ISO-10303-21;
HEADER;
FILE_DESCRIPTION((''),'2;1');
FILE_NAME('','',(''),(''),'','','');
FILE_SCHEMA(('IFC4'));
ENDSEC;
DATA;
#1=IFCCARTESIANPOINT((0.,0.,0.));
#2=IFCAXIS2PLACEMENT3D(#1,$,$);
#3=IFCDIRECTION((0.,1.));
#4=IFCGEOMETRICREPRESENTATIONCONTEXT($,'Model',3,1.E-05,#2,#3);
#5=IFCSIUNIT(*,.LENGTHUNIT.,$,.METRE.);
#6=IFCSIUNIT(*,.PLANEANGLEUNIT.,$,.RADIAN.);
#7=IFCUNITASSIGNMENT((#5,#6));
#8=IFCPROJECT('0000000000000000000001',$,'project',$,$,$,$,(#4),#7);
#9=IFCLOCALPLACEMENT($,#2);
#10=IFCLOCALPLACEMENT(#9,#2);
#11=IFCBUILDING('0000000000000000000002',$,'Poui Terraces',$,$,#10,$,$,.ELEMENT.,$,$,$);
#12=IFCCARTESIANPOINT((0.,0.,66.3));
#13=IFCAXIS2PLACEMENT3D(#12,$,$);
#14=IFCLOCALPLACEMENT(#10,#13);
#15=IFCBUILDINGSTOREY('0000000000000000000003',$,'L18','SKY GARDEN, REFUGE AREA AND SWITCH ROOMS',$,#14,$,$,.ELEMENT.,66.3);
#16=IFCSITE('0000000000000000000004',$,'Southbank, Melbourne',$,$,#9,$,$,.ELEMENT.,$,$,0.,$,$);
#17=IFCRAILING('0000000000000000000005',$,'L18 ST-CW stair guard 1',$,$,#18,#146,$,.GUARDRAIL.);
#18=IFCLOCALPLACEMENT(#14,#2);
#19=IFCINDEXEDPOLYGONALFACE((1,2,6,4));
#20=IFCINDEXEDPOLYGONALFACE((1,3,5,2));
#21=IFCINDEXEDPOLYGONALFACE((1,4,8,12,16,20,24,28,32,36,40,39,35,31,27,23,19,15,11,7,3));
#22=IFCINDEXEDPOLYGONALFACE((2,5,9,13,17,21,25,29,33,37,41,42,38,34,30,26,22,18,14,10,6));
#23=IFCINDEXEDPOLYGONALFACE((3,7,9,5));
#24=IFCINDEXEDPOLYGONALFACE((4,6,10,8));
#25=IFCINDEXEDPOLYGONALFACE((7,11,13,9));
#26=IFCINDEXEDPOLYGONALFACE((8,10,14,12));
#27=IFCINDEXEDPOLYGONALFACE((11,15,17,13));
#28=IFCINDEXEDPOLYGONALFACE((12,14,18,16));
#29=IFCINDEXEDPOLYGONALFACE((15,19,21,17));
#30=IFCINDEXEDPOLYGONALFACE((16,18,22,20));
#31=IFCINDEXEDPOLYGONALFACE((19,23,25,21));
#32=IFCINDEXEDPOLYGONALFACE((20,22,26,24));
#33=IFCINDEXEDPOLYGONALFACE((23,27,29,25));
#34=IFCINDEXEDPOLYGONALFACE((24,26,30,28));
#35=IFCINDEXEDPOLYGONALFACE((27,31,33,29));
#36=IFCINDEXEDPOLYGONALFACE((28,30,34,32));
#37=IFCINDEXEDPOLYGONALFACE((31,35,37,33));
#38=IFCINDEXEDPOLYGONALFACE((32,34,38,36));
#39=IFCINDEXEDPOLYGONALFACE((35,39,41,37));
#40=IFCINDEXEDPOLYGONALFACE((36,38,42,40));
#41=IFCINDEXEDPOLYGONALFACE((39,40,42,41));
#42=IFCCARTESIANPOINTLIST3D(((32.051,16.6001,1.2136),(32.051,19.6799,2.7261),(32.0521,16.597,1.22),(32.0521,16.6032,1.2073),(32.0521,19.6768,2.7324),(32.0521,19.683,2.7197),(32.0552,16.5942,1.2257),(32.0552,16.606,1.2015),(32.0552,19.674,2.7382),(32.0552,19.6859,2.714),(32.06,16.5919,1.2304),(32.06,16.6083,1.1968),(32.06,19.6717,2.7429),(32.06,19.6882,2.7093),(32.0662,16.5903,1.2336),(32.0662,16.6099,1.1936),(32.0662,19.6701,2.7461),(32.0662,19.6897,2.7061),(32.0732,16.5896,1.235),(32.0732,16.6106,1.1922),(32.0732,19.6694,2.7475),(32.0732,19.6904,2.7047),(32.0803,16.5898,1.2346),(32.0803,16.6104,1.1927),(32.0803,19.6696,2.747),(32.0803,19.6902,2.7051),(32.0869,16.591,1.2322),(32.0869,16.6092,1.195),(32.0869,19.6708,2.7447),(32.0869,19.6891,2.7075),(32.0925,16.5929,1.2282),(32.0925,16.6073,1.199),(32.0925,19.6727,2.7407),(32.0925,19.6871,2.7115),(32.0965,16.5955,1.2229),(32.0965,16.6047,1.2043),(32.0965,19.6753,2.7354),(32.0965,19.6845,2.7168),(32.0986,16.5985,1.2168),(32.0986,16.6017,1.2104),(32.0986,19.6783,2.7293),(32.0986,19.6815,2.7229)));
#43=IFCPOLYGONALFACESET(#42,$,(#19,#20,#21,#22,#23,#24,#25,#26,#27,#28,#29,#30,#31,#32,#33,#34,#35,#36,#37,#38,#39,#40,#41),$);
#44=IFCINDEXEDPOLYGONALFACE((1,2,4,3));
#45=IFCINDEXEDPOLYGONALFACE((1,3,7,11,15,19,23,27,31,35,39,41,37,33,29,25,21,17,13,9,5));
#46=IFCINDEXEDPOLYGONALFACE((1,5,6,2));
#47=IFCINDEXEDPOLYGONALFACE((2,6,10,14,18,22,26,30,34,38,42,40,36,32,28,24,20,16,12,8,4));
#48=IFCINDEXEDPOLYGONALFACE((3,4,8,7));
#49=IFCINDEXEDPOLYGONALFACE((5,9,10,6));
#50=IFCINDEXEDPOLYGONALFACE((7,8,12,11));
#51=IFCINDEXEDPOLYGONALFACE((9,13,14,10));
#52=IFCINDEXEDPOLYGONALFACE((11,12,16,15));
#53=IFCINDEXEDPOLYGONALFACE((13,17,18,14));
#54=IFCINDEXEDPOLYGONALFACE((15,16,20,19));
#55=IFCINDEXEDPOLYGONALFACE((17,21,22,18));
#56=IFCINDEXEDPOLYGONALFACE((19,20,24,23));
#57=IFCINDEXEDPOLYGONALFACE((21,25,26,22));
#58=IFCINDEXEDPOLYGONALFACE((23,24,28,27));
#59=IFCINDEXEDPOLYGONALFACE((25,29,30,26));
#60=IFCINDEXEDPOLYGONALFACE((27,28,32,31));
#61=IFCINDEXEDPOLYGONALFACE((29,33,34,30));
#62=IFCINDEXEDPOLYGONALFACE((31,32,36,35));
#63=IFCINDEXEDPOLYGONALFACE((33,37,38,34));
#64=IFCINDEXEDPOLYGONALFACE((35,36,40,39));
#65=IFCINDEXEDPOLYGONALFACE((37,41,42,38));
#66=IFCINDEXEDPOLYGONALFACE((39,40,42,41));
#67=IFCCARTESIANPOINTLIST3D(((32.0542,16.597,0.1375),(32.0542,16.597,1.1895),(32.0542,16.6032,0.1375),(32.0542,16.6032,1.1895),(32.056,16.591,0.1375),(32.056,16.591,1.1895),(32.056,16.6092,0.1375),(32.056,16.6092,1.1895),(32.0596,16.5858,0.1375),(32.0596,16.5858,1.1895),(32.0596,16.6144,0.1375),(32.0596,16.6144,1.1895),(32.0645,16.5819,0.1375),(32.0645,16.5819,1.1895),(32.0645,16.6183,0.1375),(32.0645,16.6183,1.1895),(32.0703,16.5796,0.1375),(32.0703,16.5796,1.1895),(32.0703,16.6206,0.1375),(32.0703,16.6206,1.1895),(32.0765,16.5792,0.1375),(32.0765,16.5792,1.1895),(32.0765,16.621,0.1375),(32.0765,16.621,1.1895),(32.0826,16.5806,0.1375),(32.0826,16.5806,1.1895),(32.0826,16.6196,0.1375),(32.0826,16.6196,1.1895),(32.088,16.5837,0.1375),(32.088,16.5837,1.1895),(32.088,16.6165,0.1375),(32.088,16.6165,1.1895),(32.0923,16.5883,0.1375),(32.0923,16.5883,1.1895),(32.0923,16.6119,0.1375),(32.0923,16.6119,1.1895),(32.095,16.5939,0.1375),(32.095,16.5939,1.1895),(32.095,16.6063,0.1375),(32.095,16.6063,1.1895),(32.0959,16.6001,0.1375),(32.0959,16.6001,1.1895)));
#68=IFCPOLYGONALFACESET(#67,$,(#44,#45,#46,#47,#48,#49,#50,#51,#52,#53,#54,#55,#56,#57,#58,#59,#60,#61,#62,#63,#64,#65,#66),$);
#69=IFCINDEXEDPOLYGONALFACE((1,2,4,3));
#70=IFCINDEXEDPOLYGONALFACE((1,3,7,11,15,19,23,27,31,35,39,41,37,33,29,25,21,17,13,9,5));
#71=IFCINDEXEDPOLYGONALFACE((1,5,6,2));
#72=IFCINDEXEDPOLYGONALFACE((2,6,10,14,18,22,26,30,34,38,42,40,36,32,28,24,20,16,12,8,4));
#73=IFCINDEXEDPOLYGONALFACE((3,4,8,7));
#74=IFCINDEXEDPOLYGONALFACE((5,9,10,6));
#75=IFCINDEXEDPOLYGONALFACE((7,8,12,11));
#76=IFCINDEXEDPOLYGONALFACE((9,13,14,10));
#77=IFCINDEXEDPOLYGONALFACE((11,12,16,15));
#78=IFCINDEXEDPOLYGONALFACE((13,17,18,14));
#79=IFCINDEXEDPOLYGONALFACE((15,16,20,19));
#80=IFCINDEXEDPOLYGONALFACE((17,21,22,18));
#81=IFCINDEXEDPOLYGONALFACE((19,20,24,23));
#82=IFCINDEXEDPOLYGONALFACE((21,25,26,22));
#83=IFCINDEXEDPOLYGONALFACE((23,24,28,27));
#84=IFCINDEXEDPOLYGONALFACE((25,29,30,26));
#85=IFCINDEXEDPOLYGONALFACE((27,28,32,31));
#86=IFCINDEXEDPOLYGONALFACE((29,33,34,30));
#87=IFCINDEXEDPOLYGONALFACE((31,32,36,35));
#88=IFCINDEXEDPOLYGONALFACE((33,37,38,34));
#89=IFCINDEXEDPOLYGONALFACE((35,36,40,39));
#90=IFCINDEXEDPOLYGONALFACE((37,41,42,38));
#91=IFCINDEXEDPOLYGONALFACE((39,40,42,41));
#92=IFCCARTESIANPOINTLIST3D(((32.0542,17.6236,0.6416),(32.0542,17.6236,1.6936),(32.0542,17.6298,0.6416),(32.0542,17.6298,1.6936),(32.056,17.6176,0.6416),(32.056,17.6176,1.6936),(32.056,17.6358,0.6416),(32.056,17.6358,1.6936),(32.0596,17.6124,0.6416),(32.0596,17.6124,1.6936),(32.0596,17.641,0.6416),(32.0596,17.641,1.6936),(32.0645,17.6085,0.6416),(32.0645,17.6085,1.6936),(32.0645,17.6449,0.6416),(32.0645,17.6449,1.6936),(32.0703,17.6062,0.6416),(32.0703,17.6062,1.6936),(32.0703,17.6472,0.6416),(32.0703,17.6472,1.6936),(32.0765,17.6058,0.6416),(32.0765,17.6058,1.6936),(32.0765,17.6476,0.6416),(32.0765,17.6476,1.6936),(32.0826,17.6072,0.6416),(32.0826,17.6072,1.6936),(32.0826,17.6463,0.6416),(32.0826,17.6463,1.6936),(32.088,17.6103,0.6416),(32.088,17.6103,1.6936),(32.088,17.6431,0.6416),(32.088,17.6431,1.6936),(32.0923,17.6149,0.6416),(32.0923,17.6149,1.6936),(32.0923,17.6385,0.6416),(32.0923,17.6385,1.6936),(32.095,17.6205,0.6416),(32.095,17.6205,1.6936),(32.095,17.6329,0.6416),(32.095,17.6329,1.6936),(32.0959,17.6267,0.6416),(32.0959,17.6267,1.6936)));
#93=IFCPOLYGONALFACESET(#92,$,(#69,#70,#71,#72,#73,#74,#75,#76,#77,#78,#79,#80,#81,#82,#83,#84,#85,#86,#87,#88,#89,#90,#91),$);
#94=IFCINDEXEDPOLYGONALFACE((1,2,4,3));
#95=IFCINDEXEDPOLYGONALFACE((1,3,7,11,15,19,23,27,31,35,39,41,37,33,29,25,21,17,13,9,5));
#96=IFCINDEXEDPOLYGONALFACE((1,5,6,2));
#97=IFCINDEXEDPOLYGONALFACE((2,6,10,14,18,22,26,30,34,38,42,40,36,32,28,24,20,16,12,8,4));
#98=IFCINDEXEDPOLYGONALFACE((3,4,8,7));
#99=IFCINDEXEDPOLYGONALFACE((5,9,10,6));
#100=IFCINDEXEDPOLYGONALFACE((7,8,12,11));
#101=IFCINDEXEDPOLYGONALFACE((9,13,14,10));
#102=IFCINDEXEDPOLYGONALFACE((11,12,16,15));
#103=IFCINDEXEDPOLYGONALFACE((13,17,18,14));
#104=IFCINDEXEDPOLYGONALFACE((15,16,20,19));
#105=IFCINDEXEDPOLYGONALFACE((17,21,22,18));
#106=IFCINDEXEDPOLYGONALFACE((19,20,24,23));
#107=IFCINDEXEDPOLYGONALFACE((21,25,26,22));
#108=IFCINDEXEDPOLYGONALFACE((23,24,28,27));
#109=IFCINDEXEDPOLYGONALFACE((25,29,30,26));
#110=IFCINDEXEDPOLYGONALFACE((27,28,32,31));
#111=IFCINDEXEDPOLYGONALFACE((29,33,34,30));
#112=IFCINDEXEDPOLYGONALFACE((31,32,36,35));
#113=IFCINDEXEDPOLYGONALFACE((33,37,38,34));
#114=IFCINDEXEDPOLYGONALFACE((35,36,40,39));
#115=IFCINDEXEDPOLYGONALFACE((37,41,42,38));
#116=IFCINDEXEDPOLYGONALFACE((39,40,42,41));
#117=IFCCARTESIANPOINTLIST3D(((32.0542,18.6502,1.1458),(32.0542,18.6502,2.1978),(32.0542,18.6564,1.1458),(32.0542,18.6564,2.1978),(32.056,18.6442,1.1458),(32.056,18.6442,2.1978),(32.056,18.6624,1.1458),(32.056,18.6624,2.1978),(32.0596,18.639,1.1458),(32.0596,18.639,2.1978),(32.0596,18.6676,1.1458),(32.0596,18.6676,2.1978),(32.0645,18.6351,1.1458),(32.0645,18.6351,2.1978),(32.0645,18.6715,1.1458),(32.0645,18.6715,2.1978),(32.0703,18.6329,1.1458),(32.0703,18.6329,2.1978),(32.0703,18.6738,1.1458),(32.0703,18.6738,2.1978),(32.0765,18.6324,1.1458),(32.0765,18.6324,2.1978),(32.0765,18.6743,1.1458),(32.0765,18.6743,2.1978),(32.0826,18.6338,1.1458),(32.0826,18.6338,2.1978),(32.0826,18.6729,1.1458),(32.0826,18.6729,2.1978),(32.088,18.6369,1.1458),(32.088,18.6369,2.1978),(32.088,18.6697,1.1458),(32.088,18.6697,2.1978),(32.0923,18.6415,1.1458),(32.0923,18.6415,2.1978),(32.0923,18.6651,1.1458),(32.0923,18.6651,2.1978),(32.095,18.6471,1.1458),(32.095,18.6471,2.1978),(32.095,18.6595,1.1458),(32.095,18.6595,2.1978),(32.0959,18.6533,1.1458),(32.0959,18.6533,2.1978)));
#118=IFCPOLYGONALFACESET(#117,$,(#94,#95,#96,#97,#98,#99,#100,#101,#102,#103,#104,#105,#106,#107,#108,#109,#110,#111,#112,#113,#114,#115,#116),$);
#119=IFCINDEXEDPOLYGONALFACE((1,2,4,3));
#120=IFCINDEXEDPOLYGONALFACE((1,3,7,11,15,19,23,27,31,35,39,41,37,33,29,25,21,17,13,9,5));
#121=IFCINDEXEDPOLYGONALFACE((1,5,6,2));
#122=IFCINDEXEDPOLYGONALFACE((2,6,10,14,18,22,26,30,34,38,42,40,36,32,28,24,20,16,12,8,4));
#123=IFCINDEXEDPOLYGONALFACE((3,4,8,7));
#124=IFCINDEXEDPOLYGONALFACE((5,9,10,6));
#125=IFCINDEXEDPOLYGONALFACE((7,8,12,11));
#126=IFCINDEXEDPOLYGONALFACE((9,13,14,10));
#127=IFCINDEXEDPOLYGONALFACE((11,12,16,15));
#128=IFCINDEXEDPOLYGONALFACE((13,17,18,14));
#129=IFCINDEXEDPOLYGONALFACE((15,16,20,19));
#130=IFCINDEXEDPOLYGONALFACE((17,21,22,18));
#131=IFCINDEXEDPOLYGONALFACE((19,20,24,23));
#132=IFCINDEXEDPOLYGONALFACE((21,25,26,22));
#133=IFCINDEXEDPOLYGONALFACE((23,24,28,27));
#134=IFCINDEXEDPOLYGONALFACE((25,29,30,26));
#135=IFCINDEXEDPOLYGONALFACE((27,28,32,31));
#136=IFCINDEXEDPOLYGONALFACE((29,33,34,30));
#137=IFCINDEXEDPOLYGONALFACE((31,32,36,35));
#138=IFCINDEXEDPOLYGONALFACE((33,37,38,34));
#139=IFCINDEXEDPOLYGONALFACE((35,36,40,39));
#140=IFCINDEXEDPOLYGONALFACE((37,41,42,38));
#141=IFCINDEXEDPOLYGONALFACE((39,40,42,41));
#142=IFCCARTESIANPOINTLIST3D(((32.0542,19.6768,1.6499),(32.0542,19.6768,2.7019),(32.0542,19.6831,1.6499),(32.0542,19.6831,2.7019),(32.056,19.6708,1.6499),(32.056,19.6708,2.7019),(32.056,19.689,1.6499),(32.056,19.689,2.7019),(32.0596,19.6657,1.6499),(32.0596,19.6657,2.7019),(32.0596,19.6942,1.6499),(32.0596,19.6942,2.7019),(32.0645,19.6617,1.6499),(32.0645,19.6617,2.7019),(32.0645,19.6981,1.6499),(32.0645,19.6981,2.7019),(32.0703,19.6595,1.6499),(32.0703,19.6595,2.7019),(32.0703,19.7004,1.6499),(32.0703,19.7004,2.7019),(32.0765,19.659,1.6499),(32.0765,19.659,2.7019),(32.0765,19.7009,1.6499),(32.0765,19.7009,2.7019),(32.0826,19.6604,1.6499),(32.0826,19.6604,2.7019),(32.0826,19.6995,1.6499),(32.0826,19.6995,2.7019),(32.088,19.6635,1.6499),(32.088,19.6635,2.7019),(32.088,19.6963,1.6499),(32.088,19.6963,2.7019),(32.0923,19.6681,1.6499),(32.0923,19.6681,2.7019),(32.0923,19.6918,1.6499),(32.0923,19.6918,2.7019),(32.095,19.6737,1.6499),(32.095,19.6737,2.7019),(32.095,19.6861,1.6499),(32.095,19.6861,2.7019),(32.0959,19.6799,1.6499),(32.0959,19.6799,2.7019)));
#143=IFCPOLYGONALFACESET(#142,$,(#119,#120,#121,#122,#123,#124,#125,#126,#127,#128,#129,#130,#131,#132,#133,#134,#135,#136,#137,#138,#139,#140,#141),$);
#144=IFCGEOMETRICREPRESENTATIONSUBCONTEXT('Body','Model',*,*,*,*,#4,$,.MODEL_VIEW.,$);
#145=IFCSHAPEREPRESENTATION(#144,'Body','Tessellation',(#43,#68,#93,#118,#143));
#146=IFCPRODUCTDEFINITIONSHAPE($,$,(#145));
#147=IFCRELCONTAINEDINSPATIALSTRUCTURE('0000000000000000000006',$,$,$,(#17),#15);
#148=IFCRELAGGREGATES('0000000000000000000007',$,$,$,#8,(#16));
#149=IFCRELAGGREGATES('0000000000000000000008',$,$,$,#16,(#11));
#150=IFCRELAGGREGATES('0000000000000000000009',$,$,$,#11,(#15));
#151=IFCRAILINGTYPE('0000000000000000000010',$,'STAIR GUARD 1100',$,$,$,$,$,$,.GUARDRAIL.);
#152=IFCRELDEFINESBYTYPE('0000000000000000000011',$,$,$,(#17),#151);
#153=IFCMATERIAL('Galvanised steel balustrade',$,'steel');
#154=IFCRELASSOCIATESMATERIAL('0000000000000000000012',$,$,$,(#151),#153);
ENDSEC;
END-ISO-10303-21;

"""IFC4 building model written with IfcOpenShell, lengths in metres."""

from ifc_helpers import new_model, si_unit, direction, frame, origin, origin_2d, place, context, subcontext, project, spatial, circle, extrude, material, type_object, element, save


model = new_model("IFC4")

# Units and contexts
model_context = context("Model", 3, precision=1e-05, world=origin(), true_north=direction((0.0, 1.0)))
body_context = subcontext(model_context, "Body", "Model", "MODEL_VIEW")
ifc_project = project(units=[si_unit("LENGTHUNIT", "METRE"), si_unit("PLANEANGLEUNIT", "RADIAN")], contexts=[model_context])

# Site, building, storey
site_placement = place(None, origin())
site = spatial("IfcSite", under=ifc_project, at=site_placement, Name="Southbank, Melbourne", CompositionType="ELEMENT", RefElevation=0.0)
building_placement = place(site_placement, origin())
building = spatial("IfcBuilding", under=site, at=building_placement, Name="Poui Terraces", CompositionType="ELEMENT")
storey_placement = place(building_placement, frame((0.0, 0.0, 66.3)))
storey = spatial("IfcBuildingStorey", under=building, at=storey_placement, Name="L18", Description="SKY GARDEN, REFUGE AREA AND SWITCH ROOMS", CompositionType="ELEMENT", Elevation=66.3)

# Railing
ifc_material_1 = material(Name="Galvanised steel balustrade", Category="steel")
railing_type_1 = type_object("IfcRailingType", Name="STAIR GUARD 1100", PredefinedType="GUARDRAIL", material=ifc_material_1)
railing_1_placement = place(storey_placement, frame((32.075, 16.6001, 0.1375)))
element("IfcRailing", 1, at=railing_1_placement, inside=storey, type_object=railing_type_1, Name="L18 ST-CW stair guard 1", PredefinedType="GUARDRAIL", context=body_context, shape_type="SweptSolid", body=[
    extrude(circle(Radius=0.0239, at=origin_2d()), frame((0.0, 0.0, 1.0762), z_axis=(0.0, 0.897606, 0.440798), x_axis=(-1.0, 0.0, 0.0)), (0.0, 0.0, 1.0), 3.4312),
    extrude(circle(Radius=0.021, at=origin_2d()), origin(), (0.0, 0.0, 1.0), 1.052),
    extrude(circle(Radius=0.021, at=origin_2d()), frame((0.0, 1.0266, 0.5042)), (0.0, 0.0, 1.0), 1.052),
    extrude(circle(Radius=0.021, at=origin_2d()), frame((0.0, 2.0532, 1.0083)), (0.0, 0.0, 1.0), 1.052),
    extrude(circle(Radius=0.021, at=origin_2d()), frame((0.0, 3.0798, 1.5125)), (0.0, 0.0, 1.0), 1.052),
])

save(model, "model.ifc")
